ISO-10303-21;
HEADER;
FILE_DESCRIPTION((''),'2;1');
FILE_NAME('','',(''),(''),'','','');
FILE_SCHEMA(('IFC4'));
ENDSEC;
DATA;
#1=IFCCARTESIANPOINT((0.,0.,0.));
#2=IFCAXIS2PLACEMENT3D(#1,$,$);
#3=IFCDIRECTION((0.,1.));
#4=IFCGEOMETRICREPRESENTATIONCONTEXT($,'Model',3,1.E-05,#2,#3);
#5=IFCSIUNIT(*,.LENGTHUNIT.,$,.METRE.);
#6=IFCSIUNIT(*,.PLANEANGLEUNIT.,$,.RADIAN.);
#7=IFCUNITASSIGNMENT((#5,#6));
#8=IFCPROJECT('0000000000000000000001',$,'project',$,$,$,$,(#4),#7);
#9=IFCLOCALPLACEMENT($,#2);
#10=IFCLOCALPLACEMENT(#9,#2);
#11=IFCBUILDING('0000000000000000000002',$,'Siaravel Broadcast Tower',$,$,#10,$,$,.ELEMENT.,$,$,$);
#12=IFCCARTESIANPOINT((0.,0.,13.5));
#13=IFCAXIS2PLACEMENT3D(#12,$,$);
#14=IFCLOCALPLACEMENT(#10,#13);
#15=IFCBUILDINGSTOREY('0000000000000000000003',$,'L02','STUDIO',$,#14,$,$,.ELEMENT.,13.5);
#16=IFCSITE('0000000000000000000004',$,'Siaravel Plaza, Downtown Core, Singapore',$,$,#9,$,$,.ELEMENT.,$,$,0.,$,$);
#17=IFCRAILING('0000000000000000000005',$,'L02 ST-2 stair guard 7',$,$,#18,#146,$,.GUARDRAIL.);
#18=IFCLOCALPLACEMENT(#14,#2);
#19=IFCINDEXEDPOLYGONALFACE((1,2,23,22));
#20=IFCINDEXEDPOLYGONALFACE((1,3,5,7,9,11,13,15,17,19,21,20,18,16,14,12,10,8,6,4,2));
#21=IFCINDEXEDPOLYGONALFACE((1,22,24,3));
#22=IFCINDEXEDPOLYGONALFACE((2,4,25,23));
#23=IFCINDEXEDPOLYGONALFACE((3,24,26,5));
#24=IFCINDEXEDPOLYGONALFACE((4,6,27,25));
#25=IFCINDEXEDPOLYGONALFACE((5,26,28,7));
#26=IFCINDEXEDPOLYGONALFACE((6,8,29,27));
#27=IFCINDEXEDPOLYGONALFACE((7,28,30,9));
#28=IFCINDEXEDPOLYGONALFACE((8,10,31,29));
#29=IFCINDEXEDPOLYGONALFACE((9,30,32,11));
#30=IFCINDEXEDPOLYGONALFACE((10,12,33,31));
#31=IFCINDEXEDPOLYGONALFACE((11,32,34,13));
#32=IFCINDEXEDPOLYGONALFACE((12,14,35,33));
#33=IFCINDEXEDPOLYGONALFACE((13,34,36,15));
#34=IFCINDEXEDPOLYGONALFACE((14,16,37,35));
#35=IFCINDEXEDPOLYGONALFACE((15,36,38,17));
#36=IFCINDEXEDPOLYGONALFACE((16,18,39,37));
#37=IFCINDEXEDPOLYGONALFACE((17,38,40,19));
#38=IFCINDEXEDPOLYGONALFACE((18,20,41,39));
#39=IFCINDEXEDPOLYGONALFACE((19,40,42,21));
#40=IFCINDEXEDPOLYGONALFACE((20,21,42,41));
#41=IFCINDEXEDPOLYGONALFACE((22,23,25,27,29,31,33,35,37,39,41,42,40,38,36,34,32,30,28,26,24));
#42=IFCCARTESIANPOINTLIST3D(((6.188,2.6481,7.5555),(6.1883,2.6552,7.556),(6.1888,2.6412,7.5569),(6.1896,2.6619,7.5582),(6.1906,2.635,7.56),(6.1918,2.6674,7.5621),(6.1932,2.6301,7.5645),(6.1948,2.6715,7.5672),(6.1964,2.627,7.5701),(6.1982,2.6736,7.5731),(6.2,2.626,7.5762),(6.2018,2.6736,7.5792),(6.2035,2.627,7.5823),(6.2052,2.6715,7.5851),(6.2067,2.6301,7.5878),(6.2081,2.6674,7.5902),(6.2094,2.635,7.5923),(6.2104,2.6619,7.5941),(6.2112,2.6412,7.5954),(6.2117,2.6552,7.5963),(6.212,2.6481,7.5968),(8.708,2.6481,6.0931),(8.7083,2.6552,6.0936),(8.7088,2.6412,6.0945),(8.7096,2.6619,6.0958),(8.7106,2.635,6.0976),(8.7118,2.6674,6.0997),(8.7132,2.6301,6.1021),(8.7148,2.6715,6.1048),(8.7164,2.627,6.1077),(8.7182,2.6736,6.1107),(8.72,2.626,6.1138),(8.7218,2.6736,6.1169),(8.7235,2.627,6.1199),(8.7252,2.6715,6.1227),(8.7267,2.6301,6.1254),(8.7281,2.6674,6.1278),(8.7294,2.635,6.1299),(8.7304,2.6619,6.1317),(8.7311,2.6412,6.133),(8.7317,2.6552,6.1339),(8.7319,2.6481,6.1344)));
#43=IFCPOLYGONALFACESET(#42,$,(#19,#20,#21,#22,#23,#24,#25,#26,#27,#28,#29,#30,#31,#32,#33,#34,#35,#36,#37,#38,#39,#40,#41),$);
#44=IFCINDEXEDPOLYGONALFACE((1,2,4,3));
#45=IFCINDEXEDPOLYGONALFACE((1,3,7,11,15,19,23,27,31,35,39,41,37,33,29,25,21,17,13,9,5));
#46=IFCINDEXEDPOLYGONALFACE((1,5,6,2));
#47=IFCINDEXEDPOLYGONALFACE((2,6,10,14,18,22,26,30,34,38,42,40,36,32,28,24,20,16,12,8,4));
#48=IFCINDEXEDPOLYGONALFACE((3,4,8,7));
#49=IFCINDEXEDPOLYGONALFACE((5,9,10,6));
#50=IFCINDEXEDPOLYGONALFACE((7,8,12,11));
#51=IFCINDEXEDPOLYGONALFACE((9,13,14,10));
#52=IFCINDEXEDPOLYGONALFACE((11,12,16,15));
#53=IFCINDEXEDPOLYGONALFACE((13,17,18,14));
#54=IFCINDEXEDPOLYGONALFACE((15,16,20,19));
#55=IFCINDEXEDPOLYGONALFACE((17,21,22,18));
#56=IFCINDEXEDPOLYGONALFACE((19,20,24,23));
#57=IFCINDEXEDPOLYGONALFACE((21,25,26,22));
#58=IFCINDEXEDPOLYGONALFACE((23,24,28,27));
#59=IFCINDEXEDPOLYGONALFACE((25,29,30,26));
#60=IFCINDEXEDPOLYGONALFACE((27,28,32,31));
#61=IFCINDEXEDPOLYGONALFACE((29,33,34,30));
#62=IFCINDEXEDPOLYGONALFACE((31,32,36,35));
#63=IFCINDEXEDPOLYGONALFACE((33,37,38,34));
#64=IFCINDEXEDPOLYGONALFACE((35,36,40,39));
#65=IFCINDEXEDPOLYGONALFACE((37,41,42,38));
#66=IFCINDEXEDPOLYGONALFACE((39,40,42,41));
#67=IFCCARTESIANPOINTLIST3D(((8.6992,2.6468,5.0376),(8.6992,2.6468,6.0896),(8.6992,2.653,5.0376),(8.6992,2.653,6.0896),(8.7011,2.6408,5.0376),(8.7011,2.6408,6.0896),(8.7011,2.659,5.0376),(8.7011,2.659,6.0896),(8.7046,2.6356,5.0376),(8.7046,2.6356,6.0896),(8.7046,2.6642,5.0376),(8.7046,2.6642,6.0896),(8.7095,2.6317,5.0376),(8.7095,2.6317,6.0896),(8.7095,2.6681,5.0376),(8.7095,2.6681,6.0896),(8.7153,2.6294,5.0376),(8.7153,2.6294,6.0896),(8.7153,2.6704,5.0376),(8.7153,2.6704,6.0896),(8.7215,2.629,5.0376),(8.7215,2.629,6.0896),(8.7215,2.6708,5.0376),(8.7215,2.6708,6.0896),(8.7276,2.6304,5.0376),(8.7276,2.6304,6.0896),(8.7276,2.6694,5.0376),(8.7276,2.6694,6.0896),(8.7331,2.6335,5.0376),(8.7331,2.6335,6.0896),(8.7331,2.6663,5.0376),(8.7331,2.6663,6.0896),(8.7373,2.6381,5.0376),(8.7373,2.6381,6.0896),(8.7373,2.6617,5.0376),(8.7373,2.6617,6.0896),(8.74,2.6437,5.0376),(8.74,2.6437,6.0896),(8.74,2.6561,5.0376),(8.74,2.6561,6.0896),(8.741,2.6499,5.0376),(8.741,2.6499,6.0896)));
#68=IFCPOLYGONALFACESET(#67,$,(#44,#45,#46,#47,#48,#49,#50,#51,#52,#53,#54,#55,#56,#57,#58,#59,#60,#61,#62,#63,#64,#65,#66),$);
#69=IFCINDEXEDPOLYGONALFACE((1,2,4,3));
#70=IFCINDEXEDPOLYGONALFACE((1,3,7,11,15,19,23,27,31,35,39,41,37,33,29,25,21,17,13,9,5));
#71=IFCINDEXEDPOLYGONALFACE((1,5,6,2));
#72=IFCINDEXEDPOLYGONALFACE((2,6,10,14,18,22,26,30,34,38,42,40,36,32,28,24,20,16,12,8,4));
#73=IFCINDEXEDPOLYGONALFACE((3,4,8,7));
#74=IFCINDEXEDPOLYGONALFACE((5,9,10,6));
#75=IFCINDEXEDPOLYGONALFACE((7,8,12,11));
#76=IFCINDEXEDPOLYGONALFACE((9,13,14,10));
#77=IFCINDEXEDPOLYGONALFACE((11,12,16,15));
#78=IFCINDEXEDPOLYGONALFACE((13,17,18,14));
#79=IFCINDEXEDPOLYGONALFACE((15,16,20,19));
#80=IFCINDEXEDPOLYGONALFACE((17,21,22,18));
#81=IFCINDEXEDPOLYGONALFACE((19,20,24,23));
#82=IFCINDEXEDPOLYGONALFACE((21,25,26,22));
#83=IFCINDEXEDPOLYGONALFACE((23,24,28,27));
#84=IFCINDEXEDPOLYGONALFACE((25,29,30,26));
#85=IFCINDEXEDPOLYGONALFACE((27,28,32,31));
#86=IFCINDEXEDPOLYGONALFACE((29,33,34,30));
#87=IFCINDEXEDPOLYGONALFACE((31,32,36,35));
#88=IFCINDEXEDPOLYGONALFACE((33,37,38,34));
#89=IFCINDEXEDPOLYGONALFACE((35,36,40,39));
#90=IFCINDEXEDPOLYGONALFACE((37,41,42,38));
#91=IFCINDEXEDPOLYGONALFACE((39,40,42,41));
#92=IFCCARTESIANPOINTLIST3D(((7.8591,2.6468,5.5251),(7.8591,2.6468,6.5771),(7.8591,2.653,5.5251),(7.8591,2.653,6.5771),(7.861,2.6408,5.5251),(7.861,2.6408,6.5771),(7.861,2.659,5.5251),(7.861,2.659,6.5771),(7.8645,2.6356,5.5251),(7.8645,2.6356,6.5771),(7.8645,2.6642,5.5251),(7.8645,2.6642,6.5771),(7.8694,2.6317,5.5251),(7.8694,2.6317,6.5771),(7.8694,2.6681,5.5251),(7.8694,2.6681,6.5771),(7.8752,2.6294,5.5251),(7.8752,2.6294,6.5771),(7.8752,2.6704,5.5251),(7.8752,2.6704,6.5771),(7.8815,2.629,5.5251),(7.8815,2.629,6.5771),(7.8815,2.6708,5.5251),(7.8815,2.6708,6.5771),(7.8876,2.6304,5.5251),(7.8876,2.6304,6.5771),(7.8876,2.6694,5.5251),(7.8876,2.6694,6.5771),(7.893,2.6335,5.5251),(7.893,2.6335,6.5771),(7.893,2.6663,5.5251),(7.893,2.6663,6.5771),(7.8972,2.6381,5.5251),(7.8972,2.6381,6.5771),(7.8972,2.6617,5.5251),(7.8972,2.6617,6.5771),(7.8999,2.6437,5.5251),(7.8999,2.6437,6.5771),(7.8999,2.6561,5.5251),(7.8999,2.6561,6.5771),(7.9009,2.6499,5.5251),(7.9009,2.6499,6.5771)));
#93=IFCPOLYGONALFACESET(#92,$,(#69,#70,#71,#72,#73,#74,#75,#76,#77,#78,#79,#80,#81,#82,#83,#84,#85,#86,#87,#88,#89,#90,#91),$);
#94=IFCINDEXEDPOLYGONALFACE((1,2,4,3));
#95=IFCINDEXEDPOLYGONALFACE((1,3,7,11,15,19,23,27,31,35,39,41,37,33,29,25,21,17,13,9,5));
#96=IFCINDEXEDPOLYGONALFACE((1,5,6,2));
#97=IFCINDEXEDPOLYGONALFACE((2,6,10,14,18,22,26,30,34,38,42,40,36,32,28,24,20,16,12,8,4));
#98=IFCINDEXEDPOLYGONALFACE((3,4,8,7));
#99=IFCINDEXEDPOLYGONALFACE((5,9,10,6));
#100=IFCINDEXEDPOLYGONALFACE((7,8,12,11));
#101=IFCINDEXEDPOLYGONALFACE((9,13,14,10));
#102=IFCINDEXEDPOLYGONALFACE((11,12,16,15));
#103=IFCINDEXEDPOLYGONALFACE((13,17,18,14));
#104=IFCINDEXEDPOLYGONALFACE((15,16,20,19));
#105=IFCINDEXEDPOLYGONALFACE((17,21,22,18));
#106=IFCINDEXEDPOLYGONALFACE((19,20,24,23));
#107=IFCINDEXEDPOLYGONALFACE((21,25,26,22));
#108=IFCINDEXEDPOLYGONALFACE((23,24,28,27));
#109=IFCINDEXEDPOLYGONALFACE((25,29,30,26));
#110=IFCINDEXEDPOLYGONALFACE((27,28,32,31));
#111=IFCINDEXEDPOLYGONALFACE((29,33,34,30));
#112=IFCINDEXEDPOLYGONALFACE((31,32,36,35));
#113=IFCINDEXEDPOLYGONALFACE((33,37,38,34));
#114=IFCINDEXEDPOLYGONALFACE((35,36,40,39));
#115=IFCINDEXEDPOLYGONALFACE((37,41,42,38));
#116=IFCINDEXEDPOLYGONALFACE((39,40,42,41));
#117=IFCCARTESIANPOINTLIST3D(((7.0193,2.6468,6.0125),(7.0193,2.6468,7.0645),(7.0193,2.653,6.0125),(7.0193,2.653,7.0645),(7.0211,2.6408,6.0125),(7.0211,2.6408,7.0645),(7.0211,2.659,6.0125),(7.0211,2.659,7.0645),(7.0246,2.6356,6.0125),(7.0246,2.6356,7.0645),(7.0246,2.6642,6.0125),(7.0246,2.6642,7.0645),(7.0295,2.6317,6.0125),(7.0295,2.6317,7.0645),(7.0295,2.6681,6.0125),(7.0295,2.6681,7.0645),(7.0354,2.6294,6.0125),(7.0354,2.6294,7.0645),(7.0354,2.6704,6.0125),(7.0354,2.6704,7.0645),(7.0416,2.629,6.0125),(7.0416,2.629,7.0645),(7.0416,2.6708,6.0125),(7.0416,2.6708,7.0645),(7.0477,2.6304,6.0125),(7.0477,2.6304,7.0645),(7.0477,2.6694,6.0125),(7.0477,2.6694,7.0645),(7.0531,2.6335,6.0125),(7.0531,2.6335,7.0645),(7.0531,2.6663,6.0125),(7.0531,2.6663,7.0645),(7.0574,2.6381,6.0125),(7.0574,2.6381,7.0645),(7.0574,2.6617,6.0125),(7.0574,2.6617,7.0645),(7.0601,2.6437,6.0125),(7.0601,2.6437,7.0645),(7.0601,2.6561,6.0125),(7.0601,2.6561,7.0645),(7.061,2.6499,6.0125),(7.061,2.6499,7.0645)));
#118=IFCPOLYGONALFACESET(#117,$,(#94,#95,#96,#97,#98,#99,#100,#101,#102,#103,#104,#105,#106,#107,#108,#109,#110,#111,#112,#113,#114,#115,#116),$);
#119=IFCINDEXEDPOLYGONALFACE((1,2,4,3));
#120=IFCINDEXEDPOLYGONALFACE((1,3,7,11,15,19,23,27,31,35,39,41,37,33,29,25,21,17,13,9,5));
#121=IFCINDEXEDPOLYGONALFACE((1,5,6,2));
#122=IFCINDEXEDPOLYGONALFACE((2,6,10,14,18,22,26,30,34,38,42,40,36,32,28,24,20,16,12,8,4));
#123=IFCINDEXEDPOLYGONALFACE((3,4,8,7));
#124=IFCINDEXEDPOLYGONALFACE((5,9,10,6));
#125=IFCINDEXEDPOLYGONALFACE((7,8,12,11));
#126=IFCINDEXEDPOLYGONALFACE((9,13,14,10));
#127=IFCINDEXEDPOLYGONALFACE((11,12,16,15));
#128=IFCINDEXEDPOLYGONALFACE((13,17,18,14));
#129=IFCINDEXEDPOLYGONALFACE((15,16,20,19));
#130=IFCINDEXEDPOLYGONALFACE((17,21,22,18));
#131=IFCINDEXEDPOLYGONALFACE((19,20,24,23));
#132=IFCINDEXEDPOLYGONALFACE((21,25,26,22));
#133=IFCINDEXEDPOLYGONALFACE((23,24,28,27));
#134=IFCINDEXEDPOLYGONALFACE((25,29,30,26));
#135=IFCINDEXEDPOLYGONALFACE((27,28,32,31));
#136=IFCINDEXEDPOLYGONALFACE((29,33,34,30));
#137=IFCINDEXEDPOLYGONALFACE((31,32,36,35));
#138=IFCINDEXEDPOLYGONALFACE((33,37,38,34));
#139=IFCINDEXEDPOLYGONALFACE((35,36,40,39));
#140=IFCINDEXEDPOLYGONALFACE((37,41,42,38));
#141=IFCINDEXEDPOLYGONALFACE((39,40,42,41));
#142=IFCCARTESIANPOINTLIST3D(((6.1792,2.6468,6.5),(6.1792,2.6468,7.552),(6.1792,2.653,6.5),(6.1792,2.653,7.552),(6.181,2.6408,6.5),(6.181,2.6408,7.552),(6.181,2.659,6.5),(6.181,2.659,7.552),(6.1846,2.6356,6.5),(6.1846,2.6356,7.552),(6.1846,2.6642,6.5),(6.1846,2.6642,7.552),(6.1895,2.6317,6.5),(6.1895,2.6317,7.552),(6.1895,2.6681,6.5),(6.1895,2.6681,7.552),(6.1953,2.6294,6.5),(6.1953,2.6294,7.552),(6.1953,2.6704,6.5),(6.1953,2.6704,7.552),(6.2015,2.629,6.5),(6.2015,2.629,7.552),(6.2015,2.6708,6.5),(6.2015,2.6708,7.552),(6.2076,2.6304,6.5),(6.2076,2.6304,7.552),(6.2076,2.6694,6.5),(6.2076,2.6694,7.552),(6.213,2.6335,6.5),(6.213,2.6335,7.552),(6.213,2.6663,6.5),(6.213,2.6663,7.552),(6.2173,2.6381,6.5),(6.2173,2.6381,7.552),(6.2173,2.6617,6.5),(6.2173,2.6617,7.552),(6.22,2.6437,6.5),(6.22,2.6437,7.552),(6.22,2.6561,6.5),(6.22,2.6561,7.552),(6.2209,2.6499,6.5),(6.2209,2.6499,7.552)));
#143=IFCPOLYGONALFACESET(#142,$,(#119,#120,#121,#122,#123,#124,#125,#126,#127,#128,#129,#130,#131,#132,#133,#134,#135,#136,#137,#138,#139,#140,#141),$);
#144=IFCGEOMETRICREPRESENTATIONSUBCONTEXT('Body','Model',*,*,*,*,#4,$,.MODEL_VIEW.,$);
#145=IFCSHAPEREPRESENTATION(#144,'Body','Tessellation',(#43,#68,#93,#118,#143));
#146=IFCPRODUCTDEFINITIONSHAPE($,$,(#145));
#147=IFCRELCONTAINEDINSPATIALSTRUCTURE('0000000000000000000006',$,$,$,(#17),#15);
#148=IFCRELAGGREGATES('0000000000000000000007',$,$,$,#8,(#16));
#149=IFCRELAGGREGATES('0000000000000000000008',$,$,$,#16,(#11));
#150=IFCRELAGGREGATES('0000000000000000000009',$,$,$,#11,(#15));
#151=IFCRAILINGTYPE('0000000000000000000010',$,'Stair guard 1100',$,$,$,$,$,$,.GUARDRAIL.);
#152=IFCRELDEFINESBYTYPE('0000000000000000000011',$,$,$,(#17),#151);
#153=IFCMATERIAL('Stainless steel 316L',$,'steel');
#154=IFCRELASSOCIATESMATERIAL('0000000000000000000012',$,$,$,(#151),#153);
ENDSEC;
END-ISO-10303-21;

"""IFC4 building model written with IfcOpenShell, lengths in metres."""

from ifc_helpers import new_model, si_unit, direction, frame, origin, origin_2d, place, context, subcontext, project, spatial, circle, extrude, material, type_object, element, save


model = new_model("IFC4")

# Units and contexts
model_context = context("Model", 3, precision=1e-05, world=origin(), true_north=direction((0.0, 1.0)))
body_context = subcontext(model_context, "Body", "Model", "MODEL_VIEW")
ifc_project = project(units=[si_unit("LENGTHUNIT", "METRE"), si_unit("PLANEANGLEUNIT", "RADIAN")], contexts=[model_context])

# Site, building, storey
site_placement = place(None, origin())
site = spatial("IfcSite", under=ifc_project, at=site_placement, Name="Siaravel Plaza, Downtown Core, Singapore", CompositionType="ELEMENT", RefElevation=0.0)
building_placement = place(site_placement, origin())
building = spatial("IfcBuilding", under=site, at=building_placement, Name="Siaravel Broadcast Tower", CompositionType="ELEMENT")
storey_placement = place(building_placement, frame((0.0, 0.0, 13.5)))
storey = spatial("IfcBuildingStorey", under=building, at=storey_placement, Name="L02", Description="STUDIO", CompositionType="ELEMENT", Elevation=13.5)

# Railing
ifc_material_1 = material(Name="Stainless steel 316L", Category="steel")
railing_type_1 = type_object("IfcRailingType", Name="Stair guard 1100", PredefinedType="GUARDRAIL", material=ifc_material_1)
railing_1_placement = place(storey_placement, frame((8.72, 2.6499, 5.0376)))
element("IfcRailing", 1, at=railing_1_placement, inside=storey, type_object=railing_type_1, Name="L02 ST-2 stair guard 7", PredefinedType="GUARDRAIL", context=body_context, shape_type="SweptSolid", body=[
    extrude(circle(Radius=0.0239, at=origin_2d()), frame((0.0, 0.0, 1.0762), z_axis=(-0.864913, 0.0, 0.501921), x_axis=(0.0, -1.0, 0.0)), (0.0, 0.0, 1.0), 2.9136),
    extrude(circle(Radius=0.021, at=origin_2d()), origin(), (0.0, 0.0, 1.0), 1.052),
    extrude(circle(Radius=0.021, at=origin_2d()), frame((-0.8401, 0.0, 0.4875)), (0.0, 0.0, 1.0), 1.052),
    extrude(circle(Radius=0.021, at=origin_2d()), frame((-1.6799, 0.0, 0.9749)), (0.0, 0.0, 1.0), 1.052),
    extrude(circle(Radius=0.021, at=origin_2d()), frame((-2.52, 0.0, 1.4624)), (0.0, 0.0, 1.0), 1.052),
])

save(model, "model.ifc")
